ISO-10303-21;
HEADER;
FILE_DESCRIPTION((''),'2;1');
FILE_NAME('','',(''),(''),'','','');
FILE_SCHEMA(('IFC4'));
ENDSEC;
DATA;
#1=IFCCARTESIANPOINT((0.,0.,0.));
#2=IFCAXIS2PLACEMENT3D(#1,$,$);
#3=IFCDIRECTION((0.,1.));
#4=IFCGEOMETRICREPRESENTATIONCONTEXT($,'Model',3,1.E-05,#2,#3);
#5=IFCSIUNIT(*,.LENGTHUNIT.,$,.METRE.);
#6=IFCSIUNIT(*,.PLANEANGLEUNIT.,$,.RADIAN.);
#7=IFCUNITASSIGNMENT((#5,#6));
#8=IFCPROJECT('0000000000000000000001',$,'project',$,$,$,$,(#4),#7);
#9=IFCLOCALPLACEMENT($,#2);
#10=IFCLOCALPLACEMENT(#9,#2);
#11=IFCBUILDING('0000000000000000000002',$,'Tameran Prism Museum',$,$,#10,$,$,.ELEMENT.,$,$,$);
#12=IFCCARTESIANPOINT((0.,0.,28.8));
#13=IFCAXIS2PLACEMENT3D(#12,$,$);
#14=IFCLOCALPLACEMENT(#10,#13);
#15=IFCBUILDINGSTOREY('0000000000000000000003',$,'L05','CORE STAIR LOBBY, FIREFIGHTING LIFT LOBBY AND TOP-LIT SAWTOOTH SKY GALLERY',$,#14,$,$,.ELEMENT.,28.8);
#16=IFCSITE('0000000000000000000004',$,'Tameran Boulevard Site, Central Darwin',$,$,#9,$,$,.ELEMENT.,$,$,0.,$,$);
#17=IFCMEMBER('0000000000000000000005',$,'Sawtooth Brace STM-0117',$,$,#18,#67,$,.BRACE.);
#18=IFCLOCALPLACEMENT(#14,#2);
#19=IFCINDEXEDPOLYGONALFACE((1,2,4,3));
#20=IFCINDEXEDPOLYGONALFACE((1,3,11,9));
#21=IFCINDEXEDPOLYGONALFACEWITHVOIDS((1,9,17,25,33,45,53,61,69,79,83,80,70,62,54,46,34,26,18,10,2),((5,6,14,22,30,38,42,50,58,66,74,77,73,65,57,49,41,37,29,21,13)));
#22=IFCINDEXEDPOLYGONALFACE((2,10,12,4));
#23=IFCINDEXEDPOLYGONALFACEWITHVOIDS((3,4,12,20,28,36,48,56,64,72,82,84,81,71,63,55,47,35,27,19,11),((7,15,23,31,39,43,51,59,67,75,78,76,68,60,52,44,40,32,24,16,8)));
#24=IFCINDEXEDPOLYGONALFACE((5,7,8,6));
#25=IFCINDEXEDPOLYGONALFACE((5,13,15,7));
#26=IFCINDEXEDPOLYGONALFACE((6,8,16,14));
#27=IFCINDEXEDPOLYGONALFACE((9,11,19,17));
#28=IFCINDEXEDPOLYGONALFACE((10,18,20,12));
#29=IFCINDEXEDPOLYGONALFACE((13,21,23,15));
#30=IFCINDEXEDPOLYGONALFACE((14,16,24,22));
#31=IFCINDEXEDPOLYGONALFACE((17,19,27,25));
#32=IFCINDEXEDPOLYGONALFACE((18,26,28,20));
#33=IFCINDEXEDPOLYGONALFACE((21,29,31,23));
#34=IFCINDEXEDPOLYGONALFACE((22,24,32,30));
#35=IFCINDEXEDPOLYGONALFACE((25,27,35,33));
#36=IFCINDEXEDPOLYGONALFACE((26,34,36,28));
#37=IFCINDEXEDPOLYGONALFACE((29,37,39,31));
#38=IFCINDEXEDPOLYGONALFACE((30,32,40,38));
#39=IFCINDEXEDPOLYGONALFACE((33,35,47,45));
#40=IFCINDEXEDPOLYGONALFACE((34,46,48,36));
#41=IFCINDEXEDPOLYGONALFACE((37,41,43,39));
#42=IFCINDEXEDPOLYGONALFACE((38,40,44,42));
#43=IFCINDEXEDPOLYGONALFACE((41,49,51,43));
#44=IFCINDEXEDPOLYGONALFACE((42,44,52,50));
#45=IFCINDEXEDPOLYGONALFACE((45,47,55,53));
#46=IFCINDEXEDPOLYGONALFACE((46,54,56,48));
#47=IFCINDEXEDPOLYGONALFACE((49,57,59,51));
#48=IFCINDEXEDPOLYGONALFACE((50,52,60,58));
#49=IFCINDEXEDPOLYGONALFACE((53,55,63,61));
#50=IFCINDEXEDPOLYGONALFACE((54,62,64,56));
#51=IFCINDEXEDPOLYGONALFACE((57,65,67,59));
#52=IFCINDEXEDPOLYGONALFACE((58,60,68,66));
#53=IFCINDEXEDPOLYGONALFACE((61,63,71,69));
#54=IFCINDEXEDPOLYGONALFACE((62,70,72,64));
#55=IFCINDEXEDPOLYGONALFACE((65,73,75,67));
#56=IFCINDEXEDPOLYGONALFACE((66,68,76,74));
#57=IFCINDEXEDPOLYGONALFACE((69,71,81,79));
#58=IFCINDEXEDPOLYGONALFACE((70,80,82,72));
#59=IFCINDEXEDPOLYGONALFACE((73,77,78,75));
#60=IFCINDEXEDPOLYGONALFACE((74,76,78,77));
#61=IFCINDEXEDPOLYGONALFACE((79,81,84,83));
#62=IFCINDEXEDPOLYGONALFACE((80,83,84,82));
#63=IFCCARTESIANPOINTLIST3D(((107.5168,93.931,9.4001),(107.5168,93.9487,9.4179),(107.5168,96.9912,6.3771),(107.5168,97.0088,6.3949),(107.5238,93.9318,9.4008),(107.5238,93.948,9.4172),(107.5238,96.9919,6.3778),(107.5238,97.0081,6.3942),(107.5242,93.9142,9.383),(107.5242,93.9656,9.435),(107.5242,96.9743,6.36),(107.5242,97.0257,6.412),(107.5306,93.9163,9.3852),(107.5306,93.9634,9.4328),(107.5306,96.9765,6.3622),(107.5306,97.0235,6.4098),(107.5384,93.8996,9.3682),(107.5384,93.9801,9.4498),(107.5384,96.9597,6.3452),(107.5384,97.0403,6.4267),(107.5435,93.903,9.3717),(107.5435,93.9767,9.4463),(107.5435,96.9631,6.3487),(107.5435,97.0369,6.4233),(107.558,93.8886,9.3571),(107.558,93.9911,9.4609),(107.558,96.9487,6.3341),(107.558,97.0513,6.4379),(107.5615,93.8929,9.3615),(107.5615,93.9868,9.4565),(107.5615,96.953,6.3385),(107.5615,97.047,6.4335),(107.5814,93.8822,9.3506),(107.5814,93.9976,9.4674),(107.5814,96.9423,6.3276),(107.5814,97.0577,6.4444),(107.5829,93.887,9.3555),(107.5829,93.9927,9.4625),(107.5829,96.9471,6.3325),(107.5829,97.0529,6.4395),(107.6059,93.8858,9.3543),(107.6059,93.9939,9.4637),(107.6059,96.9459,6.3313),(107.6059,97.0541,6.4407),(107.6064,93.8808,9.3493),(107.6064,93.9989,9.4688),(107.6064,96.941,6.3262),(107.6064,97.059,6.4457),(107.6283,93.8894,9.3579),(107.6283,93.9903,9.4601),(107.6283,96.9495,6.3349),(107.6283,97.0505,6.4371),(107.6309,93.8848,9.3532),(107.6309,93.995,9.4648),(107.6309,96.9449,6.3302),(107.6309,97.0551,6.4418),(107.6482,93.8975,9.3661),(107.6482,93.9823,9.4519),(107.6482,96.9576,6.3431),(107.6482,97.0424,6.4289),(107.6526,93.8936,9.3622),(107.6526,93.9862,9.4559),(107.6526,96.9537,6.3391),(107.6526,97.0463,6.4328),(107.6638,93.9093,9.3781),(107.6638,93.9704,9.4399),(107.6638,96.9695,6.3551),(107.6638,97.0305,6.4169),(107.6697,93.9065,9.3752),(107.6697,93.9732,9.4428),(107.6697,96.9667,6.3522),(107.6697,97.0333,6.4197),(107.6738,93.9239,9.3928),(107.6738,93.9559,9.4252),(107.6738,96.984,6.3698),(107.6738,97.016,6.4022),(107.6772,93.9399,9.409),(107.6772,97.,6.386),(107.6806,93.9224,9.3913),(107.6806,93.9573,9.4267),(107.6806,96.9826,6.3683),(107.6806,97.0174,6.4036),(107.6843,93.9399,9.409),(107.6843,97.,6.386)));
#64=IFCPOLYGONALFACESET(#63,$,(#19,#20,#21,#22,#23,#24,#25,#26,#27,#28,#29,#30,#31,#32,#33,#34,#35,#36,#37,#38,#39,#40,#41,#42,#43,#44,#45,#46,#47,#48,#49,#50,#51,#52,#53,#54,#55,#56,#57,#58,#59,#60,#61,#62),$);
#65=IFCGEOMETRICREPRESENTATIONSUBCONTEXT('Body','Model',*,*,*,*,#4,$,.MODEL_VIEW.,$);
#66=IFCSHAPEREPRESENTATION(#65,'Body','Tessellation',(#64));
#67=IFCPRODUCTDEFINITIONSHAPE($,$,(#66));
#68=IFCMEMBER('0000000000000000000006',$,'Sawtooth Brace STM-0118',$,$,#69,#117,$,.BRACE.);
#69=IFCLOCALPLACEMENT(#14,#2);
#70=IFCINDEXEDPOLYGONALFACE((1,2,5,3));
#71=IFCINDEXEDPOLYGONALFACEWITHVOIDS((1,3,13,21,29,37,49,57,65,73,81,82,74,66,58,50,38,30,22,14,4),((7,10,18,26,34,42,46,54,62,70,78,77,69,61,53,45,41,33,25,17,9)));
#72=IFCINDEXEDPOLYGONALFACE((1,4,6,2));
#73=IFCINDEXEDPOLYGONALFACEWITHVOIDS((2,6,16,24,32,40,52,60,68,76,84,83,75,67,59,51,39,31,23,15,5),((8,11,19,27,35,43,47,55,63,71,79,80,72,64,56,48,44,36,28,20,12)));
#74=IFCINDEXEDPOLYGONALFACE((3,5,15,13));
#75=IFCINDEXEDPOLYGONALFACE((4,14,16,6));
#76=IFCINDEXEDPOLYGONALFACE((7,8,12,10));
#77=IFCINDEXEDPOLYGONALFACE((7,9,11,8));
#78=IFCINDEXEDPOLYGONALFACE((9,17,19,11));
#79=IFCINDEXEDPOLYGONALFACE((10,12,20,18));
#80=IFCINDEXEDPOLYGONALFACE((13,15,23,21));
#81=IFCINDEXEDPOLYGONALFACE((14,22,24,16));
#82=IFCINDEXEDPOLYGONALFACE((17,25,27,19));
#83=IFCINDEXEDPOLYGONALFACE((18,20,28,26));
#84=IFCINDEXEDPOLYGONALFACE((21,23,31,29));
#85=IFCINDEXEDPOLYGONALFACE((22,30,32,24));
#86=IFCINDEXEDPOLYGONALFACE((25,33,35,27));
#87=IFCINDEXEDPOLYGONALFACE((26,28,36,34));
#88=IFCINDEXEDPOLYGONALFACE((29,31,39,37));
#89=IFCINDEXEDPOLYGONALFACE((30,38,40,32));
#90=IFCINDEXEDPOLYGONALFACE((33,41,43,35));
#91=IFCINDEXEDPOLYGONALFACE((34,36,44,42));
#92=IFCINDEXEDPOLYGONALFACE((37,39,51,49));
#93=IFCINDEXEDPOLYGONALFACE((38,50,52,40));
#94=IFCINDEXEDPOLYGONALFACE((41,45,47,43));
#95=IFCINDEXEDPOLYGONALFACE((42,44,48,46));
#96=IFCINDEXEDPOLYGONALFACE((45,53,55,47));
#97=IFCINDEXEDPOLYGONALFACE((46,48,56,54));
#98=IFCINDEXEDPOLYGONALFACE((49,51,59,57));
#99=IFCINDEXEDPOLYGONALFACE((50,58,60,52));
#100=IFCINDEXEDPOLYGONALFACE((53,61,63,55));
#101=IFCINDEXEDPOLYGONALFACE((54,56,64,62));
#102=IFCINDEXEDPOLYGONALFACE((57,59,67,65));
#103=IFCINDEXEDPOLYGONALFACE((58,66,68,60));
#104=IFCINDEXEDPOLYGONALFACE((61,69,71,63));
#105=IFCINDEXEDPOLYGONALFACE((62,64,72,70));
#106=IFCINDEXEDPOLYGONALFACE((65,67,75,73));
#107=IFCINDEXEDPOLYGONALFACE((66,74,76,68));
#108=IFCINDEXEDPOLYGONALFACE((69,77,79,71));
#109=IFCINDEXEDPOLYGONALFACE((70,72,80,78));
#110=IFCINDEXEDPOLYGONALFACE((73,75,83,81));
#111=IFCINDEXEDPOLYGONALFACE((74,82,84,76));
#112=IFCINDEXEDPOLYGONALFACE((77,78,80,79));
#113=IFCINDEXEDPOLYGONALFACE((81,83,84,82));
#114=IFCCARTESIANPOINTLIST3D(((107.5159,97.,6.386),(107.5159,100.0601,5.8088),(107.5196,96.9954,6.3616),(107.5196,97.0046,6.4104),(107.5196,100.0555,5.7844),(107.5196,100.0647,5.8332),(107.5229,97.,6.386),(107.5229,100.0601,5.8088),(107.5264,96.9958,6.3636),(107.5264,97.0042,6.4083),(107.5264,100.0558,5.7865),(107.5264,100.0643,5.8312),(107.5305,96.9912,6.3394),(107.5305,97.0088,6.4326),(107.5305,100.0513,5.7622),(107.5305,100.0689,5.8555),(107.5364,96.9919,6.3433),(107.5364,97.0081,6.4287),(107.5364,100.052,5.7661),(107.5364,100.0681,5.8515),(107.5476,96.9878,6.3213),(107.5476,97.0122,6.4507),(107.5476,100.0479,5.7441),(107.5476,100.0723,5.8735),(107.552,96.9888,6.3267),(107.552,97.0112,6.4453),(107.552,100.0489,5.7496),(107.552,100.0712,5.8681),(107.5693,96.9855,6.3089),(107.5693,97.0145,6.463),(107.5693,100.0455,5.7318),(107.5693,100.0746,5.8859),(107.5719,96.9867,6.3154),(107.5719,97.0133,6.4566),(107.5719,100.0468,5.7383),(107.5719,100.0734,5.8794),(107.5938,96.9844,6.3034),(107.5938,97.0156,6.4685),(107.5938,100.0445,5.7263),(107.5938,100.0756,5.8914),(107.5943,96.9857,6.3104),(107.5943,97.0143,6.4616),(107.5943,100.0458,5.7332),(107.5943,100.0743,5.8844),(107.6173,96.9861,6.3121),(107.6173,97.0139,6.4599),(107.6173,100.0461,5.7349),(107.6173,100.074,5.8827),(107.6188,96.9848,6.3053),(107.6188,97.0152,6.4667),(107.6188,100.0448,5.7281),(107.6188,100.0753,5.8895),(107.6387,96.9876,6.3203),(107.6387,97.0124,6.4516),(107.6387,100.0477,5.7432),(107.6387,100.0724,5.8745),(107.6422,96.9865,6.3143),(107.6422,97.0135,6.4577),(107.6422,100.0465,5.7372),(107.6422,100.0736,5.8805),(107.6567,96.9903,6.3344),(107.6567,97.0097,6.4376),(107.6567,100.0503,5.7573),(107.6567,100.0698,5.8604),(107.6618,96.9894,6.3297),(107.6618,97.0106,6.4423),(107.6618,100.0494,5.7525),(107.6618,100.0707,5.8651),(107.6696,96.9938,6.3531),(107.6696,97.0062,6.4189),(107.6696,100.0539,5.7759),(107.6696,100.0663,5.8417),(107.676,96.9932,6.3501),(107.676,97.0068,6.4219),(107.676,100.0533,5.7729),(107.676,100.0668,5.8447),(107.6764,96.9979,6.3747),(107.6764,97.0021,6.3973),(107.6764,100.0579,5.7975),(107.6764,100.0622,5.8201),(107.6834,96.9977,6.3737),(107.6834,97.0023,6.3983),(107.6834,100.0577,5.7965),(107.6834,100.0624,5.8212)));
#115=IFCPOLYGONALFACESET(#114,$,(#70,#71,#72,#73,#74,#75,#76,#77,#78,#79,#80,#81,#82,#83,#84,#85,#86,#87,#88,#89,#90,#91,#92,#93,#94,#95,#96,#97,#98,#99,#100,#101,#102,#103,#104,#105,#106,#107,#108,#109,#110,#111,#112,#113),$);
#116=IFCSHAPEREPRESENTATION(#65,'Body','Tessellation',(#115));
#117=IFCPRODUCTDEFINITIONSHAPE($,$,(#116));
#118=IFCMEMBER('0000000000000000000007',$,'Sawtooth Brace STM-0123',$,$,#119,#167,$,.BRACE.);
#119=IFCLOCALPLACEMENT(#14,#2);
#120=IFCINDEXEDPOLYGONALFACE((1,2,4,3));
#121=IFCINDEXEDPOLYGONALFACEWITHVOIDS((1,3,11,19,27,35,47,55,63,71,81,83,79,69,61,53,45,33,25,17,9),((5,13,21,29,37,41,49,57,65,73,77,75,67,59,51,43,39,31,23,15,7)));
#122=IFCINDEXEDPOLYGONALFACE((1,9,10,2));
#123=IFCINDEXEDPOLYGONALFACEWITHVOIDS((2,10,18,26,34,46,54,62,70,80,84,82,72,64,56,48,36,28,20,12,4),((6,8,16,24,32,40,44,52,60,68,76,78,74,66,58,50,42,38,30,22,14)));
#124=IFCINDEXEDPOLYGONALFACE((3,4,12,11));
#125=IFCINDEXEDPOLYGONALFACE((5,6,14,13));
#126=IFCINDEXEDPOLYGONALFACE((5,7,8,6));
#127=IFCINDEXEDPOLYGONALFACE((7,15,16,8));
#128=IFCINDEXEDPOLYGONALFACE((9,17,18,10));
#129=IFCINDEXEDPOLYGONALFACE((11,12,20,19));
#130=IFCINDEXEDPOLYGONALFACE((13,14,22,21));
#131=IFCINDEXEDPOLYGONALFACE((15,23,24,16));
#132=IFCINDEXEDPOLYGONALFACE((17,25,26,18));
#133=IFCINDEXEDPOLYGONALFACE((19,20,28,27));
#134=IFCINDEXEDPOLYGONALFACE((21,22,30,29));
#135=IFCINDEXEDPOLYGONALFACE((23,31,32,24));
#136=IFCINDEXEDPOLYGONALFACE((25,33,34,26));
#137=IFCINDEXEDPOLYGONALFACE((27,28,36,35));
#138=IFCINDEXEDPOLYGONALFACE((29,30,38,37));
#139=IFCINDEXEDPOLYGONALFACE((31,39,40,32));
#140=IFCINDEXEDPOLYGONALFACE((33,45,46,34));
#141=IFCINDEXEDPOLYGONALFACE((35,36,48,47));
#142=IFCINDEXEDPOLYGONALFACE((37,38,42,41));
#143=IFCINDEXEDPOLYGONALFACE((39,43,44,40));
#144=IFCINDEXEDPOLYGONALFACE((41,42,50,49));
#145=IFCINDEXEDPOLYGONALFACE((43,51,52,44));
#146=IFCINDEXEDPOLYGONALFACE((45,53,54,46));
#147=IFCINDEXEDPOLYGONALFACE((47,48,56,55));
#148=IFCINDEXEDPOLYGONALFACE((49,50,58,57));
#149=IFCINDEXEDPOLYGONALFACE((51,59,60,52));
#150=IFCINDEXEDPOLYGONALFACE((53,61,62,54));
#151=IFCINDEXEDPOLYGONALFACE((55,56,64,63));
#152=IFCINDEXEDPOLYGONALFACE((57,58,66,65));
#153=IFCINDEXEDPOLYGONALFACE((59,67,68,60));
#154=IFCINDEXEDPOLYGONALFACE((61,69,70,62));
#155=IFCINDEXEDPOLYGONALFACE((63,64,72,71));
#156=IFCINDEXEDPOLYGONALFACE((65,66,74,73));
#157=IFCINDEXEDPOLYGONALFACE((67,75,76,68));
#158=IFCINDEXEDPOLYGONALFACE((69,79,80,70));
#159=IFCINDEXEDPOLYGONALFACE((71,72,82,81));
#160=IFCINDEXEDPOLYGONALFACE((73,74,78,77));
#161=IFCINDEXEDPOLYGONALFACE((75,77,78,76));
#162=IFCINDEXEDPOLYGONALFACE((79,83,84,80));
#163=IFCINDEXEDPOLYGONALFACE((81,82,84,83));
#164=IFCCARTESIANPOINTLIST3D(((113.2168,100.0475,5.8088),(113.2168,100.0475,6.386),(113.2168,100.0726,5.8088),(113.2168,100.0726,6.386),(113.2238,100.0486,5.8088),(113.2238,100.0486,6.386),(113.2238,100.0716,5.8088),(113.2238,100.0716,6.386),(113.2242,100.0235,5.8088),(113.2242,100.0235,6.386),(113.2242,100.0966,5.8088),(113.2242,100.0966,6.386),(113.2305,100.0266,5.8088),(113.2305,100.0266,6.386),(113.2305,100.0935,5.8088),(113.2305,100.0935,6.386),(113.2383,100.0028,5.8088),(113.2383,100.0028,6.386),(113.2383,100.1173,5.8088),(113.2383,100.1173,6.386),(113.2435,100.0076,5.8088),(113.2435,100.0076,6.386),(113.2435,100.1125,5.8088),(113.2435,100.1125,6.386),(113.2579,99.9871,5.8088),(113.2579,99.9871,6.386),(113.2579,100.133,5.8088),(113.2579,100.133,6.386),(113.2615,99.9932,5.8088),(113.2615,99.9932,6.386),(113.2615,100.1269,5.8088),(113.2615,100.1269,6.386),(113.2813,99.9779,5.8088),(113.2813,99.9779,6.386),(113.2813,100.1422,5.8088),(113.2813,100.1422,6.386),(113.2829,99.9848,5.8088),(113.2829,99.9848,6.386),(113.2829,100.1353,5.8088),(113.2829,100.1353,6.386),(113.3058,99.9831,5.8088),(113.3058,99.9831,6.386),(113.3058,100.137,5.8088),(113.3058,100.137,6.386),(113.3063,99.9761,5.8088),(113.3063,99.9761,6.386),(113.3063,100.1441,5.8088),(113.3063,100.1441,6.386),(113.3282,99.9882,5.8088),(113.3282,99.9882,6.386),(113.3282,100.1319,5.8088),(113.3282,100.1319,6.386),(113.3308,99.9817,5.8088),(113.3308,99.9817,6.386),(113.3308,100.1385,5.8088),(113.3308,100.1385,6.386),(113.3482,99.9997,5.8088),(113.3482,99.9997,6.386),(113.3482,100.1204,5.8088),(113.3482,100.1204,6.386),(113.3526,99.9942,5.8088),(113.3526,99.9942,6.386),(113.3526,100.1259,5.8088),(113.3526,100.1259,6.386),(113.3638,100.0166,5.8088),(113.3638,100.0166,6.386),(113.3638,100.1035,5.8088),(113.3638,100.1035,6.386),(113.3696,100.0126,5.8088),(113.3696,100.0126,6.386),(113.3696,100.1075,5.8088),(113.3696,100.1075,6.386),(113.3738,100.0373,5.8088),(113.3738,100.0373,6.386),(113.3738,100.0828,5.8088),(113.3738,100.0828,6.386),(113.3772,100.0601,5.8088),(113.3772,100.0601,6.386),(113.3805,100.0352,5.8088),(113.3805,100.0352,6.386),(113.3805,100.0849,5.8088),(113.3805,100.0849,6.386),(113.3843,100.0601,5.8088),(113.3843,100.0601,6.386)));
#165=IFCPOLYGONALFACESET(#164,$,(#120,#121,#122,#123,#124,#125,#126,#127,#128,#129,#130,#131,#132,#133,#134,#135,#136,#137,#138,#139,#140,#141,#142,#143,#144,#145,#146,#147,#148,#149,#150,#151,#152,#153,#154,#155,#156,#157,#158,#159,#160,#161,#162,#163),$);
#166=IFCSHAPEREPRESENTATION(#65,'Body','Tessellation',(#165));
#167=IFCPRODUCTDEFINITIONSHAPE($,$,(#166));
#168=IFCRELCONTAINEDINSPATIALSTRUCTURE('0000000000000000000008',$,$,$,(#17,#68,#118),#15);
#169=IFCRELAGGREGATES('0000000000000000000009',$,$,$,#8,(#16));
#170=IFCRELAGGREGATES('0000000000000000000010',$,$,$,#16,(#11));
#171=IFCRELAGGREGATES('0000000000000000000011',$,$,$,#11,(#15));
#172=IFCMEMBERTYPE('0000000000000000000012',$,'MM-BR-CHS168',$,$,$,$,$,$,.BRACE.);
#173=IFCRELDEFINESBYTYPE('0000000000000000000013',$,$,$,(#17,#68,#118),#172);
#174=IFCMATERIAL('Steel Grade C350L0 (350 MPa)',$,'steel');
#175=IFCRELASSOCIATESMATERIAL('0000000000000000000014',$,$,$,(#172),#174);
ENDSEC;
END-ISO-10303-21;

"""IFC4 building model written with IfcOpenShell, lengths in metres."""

from ifc_helpers import new_model, si_unit, direction, frame, origin, origin_2d, place, context, subcontext, project, spatial, hollow_circle, extrude, material, material_profile, profile_set, type_object, element, save


model = new_model("IFC4")

# Units and contexts
model_context = context("Model", 3, precision=1e-05, world=origin(), true_north=direction((0.0, 1.0)))
body_context = subcontext(model_context, "Body", "Model", "MODEL_VIEW")
ifc_project = project(units=[si_unit("LENGTHUNIT", "METRE"), si_unit("PLANEANGLEUNIT", "RADIAN")], contexts=[model_context])

# Site, building, storey
site_placement = place(None, origin())
site = spatial("IfcSite", under=ifc_project, at=site_placement, Name="Tameran Boulevard Site, Central Darwin", CompositionType="ELEMENT", RefElevation=0.0)
building_placement = place(site_placement, origin())
building = spatial("IfcBuilding", under=site, at=building_placement, Name="Tameran Prism Museum", CompositionType="ELEMENT")
storey_placement = place(building_placement, frame((0.0, 0.0, 28.8)))
storey = spatial("IfcBuildingStorey", under=building, at=storey_placement, Name="L05", Description="CORE STAIR LOBBY, FIREFIGHTING LIFT LOBBY AND TOP-LIT SAWTOOTH SKY GALLERY", CompositionType="ELEMENT", Elevation=28.8)

# Members
ifc_material_1 = material(Name="Steel Grade C350L0 (350 MPa)", Category="steel")
ifc_material_profile_1 = material_profile(ifc_material_1, hollow_circle(Radius=0.0842, WallThickness=0.0071, at=origin_2d()))
ifc_profile_set_1 = profile_set([ifc_material_profile_1])
member_type_1 = type_object("IfcMemberType", Name="MM-BR-CHS168", PredefinedType="BRACE", material=ifc_profile_set_1)
member_1_placement = place(storey_placement, frame((107.6001, 97.0, 6.386), z_axis=(0.0, -0.711407, 0.70278), x_axis=(1.0, 0.0, 0.0)))
element("IfcMember", 1, at=member_1_placement, inside=storey, type_object=member_type_1, Name="Sawtooth Brace STM-0117", PredefinedType="BRACE", context=body_context, shape_type="SweptSolid", body=[
    extrude(hollow_circle(Radius=0.0842, WallThickness=0.0071, at=origin_2d()), origin(), (0.0, 0.0, 1.0), 4.3015),
])
member_2_placement = place(storey_placement, frame((107.6001, 97.0, 6.386), z_axis=(0.0, 0.982675, -0.185339), x_axis=(-1.0, 0.0, 0.0)))
element("IfcMember", 2, at=member_2_placement, inside=storey, type_object=member_type_1, Name="Sawtooth Brace STM-0118", PredefinedType="BRACE", context=body_context, shape_type="SweptSolid", body=[
    extrude(hollow_circle(Radius=0.0842, WallThickness=0.0071, at=origin_2d()), origin(), (0.0, 0.0, 1.0), 3.114),
])
member_3_placement = place(storey_placement, frame((113.3, 100.0601, 6.386), z_axis=(0.0, 0.0, -1.0), x_axis=(1.0, 0.0, 0.0)))
element("IfcMember", 3, at=member_3_placement, inside=storey, type_object=member_type_1, Name="Sawtooth Brace STM-0123", PredefinedType="BRACE", context=body_context, shape_type="SweptSolid", body=[
    extrude(hollow_circle(Radius=0.0842, WallThickness=0.0071, at=origin_2d()), origin(), (0.0, 0.0, 1.0), 0.5771),
])

save(model, "model.ifc")
